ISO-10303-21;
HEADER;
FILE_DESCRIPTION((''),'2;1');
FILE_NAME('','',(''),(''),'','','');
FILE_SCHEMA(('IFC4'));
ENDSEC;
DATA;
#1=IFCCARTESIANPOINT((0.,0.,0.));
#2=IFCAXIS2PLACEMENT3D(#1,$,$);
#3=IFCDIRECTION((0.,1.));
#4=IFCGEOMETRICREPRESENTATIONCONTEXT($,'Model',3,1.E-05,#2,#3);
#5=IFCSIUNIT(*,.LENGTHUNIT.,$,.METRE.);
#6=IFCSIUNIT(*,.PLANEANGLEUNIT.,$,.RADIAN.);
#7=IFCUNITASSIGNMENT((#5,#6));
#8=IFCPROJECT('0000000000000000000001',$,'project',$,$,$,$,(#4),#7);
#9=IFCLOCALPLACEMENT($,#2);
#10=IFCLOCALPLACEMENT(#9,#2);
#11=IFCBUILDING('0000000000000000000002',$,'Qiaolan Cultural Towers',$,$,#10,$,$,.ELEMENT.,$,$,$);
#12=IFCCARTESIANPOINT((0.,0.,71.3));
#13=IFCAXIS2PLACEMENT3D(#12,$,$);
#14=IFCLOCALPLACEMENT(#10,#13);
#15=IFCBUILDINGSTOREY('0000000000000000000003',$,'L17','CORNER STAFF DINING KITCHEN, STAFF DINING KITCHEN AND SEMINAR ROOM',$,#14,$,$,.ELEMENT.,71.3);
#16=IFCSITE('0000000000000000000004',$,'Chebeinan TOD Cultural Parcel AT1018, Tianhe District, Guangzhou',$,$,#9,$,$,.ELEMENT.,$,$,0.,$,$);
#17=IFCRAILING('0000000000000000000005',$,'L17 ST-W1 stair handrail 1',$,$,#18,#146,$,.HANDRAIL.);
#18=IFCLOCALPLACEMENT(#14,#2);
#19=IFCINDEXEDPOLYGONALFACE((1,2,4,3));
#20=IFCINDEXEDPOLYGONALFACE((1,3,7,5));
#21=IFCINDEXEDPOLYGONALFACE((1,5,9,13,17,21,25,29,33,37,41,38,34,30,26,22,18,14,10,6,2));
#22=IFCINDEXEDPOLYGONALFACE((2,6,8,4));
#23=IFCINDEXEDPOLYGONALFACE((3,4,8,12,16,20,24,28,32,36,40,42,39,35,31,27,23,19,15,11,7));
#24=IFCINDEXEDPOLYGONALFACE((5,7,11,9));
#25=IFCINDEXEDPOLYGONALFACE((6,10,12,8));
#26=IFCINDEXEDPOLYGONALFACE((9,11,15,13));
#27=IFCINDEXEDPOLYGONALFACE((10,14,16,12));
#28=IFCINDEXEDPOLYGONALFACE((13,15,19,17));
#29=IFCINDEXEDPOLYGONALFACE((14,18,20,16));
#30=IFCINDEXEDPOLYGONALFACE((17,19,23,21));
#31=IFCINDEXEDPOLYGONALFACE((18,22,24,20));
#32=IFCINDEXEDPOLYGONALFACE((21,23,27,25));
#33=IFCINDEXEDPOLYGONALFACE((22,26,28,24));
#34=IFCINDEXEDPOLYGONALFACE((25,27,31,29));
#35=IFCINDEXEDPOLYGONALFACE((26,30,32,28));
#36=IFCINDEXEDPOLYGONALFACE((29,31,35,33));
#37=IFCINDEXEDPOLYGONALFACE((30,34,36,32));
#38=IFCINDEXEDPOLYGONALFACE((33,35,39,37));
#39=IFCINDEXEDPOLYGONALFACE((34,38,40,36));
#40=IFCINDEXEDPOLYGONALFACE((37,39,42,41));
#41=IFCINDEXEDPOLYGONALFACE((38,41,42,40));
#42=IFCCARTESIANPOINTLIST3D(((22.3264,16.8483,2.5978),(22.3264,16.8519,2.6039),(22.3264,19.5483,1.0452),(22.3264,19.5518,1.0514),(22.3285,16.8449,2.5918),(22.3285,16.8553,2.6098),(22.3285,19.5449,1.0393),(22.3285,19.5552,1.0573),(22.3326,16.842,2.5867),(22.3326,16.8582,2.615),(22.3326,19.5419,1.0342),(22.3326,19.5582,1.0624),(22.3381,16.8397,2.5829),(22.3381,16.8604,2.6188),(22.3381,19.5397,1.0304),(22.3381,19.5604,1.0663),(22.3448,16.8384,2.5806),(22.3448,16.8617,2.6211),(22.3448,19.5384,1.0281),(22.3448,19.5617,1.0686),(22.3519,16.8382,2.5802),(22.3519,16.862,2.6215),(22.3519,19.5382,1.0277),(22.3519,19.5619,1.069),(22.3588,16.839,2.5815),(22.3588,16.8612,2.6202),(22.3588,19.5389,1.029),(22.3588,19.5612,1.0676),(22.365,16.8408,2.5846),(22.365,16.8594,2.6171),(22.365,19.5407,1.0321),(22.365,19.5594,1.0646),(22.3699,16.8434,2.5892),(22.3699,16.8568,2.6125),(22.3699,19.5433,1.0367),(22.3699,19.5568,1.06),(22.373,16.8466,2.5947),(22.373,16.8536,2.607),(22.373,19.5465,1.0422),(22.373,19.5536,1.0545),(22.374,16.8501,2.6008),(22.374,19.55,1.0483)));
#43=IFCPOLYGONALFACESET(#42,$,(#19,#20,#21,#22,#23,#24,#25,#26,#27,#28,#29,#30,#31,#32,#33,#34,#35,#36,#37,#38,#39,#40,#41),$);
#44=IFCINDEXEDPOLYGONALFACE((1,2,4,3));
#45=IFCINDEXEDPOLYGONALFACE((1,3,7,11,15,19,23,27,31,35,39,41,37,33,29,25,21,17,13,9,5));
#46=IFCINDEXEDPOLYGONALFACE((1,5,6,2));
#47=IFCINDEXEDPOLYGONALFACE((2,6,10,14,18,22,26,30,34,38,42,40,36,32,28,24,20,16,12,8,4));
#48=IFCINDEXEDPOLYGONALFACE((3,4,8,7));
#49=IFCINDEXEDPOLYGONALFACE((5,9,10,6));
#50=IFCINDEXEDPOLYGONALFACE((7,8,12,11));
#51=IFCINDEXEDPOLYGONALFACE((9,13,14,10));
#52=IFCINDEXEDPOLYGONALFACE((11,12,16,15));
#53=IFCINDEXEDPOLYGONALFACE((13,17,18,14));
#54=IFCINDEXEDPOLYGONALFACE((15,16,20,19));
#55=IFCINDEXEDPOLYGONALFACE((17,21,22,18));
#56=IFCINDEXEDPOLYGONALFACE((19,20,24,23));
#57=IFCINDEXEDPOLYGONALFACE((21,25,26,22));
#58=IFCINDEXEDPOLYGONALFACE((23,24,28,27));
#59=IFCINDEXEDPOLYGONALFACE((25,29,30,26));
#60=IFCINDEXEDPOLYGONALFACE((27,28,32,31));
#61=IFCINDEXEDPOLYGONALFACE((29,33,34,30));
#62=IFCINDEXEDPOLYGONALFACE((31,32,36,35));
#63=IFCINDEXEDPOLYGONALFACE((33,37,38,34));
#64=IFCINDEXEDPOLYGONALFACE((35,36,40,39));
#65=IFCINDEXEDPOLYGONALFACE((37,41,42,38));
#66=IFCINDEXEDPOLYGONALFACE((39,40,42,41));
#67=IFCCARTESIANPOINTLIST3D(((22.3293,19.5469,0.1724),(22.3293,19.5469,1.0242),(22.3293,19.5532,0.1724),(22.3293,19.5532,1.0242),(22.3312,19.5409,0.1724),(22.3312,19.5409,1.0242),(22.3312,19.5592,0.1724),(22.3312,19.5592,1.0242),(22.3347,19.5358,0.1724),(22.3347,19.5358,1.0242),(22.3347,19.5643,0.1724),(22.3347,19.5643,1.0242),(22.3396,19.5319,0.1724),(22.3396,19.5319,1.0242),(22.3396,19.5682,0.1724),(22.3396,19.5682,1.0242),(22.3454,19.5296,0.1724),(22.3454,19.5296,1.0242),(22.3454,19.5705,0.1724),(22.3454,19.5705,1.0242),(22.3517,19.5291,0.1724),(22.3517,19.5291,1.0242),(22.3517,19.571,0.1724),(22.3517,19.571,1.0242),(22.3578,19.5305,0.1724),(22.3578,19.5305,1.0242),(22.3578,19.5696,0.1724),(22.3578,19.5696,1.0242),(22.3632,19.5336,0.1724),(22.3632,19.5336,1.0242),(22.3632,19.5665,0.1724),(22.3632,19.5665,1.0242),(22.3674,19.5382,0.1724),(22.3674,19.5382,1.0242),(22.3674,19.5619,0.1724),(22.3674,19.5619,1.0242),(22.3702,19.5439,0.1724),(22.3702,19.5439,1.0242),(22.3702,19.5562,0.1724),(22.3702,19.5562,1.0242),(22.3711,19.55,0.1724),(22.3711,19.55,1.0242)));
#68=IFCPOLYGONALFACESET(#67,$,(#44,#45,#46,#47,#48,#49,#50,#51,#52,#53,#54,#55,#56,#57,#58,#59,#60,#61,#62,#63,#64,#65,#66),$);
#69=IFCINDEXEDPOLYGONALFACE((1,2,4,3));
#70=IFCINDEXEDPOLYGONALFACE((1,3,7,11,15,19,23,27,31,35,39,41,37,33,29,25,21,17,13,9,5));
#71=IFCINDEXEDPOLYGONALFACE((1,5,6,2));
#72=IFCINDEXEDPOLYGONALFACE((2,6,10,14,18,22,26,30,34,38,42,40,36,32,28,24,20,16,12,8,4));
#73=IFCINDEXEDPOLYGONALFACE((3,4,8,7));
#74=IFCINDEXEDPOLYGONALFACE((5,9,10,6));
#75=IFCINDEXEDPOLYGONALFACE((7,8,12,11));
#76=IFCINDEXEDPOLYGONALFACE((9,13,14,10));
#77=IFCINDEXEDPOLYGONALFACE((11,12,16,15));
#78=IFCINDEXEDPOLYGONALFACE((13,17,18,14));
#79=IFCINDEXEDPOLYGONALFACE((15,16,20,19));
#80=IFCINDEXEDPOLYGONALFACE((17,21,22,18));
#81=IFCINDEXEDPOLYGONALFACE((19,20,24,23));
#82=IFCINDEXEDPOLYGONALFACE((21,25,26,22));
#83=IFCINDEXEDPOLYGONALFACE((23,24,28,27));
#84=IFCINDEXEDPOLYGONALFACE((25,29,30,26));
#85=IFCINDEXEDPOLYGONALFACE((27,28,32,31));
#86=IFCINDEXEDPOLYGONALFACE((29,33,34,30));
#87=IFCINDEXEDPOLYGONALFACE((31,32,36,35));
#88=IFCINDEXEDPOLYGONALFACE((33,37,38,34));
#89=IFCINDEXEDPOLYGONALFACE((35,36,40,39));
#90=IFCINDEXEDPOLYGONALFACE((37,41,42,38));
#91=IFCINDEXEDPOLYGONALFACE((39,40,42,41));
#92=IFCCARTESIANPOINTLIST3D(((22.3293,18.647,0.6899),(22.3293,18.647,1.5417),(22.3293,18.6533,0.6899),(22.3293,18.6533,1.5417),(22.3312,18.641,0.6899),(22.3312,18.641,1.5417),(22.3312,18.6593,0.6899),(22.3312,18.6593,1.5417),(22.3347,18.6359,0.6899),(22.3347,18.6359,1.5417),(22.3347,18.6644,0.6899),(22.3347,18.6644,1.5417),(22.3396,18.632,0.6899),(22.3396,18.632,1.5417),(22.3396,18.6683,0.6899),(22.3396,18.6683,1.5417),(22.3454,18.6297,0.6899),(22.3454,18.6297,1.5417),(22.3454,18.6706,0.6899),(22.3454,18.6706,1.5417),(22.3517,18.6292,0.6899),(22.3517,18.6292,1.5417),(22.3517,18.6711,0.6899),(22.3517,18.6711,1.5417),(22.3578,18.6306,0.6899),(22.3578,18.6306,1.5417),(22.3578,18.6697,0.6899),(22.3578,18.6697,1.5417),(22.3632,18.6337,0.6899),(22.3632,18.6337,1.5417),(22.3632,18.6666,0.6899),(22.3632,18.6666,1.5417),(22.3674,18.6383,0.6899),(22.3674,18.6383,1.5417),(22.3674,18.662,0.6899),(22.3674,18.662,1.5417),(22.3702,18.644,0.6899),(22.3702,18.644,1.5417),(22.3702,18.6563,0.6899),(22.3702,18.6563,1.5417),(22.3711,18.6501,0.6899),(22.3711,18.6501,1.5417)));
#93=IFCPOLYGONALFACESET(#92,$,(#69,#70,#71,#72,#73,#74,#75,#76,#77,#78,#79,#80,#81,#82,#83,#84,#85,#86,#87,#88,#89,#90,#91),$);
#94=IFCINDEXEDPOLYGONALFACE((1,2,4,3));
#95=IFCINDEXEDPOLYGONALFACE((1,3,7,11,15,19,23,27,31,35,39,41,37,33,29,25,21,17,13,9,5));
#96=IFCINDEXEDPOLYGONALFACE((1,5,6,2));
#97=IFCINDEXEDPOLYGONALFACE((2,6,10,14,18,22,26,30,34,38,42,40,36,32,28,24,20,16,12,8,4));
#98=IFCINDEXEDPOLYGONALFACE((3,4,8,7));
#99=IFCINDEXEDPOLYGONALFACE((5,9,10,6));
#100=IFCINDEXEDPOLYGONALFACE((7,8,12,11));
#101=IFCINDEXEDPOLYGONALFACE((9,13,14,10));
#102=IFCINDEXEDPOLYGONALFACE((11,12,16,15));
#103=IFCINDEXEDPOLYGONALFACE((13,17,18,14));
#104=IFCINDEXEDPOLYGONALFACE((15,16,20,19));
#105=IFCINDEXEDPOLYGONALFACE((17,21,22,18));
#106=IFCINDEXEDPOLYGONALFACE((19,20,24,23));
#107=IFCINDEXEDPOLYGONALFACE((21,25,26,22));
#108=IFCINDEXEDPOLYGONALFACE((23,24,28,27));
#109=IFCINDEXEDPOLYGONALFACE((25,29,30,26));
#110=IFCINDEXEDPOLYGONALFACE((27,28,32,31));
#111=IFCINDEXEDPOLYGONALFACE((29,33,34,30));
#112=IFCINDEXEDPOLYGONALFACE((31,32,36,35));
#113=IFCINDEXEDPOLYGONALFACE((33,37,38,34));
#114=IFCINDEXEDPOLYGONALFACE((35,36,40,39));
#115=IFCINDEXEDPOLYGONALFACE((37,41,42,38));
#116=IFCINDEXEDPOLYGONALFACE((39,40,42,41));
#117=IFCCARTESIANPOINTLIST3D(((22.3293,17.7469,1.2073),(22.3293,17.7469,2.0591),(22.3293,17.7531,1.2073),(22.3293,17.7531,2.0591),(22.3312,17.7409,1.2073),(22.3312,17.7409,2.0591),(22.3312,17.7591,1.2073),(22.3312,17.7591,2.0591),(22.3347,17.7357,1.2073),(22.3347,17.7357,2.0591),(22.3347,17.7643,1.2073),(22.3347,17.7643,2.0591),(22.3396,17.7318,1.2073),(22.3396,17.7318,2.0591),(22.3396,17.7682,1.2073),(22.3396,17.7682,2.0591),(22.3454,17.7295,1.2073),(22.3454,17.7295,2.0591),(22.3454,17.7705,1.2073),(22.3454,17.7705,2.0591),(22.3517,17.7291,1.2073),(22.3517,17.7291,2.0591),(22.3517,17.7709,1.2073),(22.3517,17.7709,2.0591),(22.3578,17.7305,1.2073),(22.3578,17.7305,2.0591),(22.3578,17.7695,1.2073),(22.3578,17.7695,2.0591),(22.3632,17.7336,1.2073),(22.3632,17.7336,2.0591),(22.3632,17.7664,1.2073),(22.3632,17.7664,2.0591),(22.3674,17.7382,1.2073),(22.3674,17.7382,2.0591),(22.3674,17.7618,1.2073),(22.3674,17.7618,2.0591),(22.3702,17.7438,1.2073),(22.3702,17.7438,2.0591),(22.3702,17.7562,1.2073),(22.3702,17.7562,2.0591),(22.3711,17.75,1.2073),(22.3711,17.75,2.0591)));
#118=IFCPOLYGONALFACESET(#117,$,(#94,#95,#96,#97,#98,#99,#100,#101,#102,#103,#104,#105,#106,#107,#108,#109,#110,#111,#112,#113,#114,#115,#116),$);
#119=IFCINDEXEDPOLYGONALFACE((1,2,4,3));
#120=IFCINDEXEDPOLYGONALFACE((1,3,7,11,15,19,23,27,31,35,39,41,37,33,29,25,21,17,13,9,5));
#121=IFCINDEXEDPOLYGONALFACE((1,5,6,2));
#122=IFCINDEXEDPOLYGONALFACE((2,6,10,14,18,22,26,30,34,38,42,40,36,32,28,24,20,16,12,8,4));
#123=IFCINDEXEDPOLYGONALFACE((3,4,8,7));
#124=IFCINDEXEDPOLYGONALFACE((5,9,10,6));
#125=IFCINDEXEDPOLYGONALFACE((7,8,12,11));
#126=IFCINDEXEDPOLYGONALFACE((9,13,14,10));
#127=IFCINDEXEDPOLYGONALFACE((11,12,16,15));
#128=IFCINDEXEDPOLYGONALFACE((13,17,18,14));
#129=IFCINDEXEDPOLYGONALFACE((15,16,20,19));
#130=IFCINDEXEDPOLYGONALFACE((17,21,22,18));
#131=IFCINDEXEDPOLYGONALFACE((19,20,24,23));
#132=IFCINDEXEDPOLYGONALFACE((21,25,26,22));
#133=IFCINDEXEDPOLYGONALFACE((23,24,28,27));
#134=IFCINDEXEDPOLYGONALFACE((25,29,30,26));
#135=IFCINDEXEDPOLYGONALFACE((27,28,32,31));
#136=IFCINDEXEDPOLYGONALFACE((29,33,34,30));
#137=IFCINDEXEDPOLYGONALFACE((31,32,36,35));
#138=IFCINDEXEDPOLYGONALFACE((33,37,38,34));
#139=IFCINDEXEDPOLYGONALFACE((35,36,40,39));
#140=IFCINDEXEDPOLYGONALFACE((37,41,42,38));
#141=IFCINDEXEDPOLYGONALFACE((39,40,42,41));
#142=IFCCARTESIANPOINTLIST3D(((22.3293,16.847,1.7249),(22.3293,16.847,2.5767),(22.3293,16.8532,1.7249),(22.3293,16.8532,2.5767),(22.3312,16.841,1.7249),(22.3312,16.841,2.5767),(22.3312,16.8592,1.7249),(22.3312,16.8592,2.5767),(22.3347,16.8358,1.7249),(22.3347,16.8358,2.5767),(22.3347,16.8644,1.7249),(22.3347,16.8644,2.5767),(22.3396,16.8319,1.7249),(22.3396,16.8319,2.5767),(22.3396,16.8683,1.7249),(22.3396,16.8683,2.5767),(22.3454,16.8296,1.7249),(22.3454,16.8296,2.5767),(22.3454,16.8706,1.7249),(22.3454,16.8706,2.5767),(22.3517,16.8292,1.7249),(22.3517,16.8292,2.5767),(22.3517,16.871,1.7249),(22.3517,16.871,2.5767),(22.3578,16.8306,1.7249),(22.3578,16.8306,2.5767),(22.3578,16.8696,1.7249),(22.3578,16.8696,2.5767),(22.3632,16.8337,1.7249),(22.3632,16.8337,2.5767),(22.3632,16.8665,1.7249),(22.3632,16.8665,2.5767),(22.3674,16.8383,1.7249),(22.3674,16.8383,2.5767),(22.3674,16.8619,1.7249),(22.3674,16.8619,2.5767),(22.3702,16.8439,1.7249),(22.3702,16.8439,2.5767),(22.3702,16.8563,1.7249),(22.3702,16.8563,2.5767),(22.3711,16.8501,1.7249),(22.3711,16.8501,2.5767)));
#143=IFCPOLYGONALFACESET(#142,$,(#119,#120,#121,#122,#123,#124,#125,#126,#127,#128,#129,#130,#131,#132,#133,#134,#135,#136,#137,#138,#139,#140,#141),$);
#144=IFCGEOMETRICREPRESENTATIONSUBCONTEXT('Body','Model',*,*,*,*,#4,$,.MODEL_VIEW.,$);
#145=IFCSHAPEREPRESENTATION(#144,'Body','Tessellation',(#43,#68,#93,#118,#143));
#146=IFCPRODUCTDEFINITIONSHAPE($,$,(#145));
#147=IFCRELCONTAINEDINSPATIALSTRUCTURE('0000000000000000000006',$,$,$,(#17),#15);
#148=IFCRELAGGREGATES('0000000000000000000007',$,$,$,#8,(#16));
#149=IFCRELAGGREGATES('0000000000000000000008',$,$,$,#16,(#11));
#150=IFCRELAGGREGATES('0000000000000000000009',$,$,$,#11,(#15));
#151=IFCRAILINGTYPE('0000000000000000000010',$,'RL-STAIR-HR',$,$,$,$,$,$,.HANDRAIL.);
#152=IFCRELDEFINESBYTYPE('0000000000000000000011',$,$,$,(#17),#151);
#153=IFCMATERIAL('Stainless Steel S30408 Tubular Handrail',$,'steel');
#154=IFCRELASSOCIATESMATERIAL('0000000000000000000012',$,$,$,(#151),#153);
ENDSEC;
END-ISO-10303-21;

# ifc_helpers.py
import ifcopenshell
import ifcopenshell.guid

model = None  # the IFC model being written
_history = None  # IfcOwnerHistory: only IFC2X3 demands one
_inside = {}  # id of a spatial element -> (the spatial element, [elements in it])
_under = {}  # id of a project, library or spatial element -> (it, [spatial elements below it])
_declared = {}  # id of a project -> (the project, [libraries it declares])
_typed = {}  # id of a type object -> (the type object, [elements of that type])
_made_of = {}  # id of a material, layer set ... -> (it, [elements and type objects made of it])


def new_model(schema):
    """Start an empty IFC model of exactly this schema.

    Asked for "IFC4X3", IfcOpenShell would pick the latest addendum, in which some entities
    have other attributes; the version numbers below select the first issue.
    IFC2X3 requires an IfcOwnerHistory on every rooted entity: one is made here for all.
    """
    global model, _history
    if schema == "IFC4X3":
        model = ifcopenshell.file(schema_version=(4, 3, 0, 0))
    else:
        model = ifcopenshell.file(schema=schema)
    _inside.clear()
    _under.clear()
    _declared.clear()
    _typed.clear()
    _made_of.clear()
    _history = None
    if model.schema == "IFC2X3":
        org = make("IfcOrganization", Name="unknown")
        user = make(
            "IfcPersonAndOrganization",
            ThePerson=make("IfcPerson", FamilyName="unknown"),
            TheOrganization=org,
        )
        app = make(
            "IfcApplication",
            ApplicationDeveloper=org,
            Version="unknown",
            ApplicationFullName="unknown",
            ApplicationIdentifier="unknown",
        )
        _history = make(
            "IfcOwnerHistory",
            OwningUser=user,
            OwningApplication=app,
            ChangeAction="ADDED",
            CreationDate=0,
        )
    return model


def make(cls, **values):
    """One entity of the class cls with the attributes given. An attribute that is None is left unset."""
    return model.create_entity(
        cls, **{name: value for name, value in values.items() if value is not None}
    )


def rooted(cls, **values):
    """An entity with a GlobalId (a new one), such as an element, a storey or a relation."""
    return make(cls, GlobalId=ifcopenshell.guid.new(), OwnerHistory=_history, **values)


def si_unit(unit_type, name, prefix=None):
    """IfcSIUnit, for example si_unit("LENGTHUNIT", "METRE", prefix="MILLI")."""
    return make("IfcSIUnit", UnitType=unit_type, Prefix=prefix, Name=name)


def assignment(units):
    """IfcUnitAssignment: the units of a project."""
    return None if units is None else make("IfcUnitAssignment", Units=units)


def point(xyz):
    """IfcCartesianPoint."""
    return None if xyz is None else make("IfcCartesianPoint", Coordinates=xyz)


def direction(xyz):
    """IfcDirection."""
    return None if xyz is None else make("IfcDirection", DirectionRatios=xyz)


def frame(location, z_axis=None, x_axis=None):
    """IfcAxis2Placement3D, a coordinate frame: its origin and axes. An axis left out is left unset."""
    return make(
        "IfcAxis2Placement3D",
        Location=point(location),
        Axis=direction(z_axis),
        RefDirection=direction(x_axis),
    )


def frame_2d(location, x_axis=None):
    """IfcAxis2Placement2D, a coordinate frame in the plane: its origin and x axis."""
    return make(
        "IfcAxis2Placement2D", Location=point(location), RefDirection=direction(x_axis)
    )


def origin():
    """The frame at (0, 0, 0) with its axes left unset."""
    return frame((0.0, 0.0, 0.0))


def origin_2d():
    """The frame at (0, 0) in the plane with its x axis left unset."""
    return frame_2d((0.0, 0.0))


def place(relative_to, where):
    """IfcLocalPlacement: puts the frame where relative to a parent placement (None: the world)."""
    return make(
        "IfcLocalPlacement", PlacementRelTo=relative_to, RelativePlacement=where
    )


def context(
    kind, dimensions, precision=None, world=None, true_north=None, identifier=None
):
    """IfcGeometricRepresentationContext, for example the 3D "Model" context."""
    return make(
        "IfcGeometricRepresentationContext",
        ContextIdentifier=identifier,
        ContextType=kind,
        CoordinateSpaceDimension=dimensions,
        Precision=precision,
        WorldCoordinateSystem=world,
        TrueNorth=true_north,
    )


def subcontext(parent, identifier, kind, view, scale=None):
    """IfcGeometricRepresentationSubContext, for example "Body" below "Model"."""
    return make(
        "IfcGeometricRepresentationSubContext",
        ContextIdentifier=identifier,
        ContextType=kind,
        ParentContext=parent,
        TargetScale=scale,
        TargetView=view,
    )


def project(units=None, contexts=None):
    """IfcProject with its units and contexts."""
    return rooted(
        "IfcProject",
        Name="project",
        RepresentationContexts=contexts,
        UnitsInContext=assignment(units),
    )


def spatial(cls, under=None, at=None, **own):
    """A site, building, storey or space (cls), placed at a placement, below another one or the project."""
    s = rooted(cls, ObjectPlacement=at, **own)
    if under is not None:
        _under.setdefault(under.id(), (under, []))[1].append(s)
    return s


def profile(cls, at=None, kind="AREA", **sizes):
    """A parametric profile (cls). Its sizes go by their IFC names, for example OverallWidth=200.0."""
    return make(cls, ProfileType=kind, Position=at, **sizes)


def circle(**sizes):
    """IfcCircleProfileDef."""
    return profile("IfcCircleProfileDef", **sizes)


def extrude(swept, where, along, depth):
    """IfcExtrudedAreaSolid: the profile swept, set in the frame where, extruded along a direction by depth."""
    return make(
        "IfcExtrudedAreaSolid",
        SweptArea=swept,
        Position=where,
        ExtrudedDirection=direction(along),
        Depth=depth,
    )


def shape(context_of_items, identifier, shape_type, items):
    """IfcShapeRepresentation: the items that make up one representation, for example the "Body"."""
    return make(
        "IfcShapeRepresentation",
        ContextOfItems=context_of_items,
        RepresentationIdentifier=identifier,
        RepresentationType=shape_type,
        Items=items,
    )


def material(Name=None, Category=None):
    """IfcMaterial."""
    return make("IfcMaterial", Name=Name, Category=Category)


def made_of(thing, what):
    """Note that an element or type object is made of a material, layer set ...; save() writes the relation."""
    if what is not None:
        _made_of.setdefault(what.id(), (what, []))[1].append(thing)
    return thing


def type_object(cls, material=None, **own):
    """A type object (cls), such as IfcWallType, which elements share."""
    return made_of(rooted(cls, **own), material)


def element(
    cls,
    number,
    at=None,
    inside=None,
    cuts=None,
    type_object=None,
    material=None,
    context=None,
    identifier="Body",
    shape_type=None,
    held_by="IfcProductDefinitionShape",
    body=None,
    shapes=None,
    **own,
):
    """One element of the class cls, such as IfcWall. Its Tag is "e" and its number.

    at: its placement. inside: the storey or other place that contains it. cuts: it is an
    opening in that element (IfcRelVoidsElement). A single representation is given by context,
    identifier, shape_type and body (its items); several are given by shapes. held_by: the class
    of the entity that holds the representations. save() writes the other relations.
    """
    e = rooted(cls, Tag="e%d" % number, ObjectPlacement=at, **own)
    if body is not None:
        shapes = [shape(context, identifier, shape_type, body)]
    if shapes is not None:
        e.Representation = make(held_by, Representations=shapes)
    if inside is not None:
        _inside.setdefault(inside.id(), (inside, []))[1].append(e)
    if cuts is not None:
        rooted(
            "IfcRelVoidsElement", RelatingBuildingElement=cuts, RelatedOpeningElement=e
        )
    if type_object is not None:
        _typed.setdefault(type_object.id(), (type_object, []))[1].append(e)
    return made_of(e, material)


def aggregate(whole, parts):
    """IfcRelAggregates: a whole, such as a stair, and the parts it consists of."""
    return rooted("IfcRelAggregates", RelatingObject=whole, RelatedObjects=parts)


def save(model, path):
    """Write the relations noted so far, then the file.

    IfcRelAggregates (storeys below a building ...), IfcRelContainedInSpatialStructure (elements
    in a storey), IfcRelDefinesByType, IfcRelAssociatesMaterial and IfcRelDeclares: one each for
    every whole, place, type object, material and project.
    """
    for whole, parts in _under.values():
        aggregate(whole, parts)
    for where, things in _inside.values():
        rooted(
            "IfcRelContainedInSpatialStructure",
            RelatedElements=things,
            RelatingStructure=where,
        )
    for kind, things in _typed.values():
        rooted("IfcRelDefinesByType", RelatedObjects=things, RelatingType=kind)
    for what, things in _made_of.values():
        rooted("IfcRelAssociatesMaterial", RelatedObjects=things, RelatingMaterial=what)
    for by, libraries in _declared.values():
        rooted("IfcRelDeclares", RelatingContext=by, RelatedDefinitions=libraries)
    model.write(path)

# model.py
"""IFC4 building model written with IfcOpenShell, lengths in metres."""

from ifc_helpers import new_model, si_unit, direction, frame, origin, origin_2d, place, context, subcontext, project, spatial, circle, extrude, material, type_object, element, save


model = new_model("IFC4")

# Units and contexts
model_context = context("Model", 3, precision=1e-05, world=origin(), true_north=direction((0.0, 1.0)))
body_context = subcontext(model_context, "Body", "Model", "MODEL_VIEW")
ifc_project = project(units=[si_unit("LENGTHUNIT", "METRE"), si_unit("PLANEANGLEUNIT", "RADIAN")], contexts=[model_context])

# Site, building, storey
site_placement = place(None, origin())
site = spatial("IfcSite", under=ifc_project, at=site_placement, Name="Chebeinan TOD Cultural Parcel AT1018, Tianhe District, Guangzhou", CompositionType="ELEMENT", RefElevation=0.0)
building_placement = place(site_placement, origin())
building = spatial("IfcBuilding", under=site, at=building_placement, Name="Qiaolan Cultural Towers", CompositionType="ELEMENT")
storey_placement = place(building_placement, frame((0.0, 0.0, 71.3)))
storey = spatial("IfcBuildingStorey", under=building, at=storey_placement, Name="L17", Description="CORNER STAFF DINING KITCHEN, STAFF DINING KITCHEN AND SEMINAR ROOM", CompositionType="ELEMENT", Elevation=71.3)

# Railing
ifc_material_1 = material(Name="Stainless Steel S30408 Tubular Handrail", Category="steel")
railing_type = type_object("IfcRailingType", Name="RL-STAIR-HR", PredefinedType="HANDRAIL", material=ifc_material_1)
railing_placement = place(storey_placement, frame((22.3501, 19.55, 0.1724)))
element("IfcRailing", 1, at=railing_placement, inside=storey, type_object=railing_type, Name="L17 ST-W1 stair handrail 1", PredefinedType="HANDRAIL", context=body_context, shape_type="SweptSolid", body=[
    extrude(circle(Radius=0.0239, at=origin_2d()), frame((0.0, 0.0, 0.876), z_axis=(0.0, -0.866904, 0.498476), x_axis=(1.0, 0.0, 0.0)), (0.0, 0.0, 1.0), 3.1145),
    extrude(circle(Radius=0.021, at=origin_2d()), origin(), (0.0, 0.0, 1.0), 0.8518),
    extrude(circle(Radius=0.021, at=origin_2d()), frame((0.0, -0.8999, 0.5176)), (0.0, 0.0, 1.0), 0.8518),
    extrude(circle(Radius=0.021, at=origin_2d()), frame((0.0, -1.8, 1.0349)), (0.0, 0.0, 1.0), 0.8518),
    extrude(circle(Radius=0.021, at=origin_2d()), frame((0.0, -2.7, 1.5525)), (0.0, 0.0, 1.0), 0.8518),
])

save(model, "model.ifc")
